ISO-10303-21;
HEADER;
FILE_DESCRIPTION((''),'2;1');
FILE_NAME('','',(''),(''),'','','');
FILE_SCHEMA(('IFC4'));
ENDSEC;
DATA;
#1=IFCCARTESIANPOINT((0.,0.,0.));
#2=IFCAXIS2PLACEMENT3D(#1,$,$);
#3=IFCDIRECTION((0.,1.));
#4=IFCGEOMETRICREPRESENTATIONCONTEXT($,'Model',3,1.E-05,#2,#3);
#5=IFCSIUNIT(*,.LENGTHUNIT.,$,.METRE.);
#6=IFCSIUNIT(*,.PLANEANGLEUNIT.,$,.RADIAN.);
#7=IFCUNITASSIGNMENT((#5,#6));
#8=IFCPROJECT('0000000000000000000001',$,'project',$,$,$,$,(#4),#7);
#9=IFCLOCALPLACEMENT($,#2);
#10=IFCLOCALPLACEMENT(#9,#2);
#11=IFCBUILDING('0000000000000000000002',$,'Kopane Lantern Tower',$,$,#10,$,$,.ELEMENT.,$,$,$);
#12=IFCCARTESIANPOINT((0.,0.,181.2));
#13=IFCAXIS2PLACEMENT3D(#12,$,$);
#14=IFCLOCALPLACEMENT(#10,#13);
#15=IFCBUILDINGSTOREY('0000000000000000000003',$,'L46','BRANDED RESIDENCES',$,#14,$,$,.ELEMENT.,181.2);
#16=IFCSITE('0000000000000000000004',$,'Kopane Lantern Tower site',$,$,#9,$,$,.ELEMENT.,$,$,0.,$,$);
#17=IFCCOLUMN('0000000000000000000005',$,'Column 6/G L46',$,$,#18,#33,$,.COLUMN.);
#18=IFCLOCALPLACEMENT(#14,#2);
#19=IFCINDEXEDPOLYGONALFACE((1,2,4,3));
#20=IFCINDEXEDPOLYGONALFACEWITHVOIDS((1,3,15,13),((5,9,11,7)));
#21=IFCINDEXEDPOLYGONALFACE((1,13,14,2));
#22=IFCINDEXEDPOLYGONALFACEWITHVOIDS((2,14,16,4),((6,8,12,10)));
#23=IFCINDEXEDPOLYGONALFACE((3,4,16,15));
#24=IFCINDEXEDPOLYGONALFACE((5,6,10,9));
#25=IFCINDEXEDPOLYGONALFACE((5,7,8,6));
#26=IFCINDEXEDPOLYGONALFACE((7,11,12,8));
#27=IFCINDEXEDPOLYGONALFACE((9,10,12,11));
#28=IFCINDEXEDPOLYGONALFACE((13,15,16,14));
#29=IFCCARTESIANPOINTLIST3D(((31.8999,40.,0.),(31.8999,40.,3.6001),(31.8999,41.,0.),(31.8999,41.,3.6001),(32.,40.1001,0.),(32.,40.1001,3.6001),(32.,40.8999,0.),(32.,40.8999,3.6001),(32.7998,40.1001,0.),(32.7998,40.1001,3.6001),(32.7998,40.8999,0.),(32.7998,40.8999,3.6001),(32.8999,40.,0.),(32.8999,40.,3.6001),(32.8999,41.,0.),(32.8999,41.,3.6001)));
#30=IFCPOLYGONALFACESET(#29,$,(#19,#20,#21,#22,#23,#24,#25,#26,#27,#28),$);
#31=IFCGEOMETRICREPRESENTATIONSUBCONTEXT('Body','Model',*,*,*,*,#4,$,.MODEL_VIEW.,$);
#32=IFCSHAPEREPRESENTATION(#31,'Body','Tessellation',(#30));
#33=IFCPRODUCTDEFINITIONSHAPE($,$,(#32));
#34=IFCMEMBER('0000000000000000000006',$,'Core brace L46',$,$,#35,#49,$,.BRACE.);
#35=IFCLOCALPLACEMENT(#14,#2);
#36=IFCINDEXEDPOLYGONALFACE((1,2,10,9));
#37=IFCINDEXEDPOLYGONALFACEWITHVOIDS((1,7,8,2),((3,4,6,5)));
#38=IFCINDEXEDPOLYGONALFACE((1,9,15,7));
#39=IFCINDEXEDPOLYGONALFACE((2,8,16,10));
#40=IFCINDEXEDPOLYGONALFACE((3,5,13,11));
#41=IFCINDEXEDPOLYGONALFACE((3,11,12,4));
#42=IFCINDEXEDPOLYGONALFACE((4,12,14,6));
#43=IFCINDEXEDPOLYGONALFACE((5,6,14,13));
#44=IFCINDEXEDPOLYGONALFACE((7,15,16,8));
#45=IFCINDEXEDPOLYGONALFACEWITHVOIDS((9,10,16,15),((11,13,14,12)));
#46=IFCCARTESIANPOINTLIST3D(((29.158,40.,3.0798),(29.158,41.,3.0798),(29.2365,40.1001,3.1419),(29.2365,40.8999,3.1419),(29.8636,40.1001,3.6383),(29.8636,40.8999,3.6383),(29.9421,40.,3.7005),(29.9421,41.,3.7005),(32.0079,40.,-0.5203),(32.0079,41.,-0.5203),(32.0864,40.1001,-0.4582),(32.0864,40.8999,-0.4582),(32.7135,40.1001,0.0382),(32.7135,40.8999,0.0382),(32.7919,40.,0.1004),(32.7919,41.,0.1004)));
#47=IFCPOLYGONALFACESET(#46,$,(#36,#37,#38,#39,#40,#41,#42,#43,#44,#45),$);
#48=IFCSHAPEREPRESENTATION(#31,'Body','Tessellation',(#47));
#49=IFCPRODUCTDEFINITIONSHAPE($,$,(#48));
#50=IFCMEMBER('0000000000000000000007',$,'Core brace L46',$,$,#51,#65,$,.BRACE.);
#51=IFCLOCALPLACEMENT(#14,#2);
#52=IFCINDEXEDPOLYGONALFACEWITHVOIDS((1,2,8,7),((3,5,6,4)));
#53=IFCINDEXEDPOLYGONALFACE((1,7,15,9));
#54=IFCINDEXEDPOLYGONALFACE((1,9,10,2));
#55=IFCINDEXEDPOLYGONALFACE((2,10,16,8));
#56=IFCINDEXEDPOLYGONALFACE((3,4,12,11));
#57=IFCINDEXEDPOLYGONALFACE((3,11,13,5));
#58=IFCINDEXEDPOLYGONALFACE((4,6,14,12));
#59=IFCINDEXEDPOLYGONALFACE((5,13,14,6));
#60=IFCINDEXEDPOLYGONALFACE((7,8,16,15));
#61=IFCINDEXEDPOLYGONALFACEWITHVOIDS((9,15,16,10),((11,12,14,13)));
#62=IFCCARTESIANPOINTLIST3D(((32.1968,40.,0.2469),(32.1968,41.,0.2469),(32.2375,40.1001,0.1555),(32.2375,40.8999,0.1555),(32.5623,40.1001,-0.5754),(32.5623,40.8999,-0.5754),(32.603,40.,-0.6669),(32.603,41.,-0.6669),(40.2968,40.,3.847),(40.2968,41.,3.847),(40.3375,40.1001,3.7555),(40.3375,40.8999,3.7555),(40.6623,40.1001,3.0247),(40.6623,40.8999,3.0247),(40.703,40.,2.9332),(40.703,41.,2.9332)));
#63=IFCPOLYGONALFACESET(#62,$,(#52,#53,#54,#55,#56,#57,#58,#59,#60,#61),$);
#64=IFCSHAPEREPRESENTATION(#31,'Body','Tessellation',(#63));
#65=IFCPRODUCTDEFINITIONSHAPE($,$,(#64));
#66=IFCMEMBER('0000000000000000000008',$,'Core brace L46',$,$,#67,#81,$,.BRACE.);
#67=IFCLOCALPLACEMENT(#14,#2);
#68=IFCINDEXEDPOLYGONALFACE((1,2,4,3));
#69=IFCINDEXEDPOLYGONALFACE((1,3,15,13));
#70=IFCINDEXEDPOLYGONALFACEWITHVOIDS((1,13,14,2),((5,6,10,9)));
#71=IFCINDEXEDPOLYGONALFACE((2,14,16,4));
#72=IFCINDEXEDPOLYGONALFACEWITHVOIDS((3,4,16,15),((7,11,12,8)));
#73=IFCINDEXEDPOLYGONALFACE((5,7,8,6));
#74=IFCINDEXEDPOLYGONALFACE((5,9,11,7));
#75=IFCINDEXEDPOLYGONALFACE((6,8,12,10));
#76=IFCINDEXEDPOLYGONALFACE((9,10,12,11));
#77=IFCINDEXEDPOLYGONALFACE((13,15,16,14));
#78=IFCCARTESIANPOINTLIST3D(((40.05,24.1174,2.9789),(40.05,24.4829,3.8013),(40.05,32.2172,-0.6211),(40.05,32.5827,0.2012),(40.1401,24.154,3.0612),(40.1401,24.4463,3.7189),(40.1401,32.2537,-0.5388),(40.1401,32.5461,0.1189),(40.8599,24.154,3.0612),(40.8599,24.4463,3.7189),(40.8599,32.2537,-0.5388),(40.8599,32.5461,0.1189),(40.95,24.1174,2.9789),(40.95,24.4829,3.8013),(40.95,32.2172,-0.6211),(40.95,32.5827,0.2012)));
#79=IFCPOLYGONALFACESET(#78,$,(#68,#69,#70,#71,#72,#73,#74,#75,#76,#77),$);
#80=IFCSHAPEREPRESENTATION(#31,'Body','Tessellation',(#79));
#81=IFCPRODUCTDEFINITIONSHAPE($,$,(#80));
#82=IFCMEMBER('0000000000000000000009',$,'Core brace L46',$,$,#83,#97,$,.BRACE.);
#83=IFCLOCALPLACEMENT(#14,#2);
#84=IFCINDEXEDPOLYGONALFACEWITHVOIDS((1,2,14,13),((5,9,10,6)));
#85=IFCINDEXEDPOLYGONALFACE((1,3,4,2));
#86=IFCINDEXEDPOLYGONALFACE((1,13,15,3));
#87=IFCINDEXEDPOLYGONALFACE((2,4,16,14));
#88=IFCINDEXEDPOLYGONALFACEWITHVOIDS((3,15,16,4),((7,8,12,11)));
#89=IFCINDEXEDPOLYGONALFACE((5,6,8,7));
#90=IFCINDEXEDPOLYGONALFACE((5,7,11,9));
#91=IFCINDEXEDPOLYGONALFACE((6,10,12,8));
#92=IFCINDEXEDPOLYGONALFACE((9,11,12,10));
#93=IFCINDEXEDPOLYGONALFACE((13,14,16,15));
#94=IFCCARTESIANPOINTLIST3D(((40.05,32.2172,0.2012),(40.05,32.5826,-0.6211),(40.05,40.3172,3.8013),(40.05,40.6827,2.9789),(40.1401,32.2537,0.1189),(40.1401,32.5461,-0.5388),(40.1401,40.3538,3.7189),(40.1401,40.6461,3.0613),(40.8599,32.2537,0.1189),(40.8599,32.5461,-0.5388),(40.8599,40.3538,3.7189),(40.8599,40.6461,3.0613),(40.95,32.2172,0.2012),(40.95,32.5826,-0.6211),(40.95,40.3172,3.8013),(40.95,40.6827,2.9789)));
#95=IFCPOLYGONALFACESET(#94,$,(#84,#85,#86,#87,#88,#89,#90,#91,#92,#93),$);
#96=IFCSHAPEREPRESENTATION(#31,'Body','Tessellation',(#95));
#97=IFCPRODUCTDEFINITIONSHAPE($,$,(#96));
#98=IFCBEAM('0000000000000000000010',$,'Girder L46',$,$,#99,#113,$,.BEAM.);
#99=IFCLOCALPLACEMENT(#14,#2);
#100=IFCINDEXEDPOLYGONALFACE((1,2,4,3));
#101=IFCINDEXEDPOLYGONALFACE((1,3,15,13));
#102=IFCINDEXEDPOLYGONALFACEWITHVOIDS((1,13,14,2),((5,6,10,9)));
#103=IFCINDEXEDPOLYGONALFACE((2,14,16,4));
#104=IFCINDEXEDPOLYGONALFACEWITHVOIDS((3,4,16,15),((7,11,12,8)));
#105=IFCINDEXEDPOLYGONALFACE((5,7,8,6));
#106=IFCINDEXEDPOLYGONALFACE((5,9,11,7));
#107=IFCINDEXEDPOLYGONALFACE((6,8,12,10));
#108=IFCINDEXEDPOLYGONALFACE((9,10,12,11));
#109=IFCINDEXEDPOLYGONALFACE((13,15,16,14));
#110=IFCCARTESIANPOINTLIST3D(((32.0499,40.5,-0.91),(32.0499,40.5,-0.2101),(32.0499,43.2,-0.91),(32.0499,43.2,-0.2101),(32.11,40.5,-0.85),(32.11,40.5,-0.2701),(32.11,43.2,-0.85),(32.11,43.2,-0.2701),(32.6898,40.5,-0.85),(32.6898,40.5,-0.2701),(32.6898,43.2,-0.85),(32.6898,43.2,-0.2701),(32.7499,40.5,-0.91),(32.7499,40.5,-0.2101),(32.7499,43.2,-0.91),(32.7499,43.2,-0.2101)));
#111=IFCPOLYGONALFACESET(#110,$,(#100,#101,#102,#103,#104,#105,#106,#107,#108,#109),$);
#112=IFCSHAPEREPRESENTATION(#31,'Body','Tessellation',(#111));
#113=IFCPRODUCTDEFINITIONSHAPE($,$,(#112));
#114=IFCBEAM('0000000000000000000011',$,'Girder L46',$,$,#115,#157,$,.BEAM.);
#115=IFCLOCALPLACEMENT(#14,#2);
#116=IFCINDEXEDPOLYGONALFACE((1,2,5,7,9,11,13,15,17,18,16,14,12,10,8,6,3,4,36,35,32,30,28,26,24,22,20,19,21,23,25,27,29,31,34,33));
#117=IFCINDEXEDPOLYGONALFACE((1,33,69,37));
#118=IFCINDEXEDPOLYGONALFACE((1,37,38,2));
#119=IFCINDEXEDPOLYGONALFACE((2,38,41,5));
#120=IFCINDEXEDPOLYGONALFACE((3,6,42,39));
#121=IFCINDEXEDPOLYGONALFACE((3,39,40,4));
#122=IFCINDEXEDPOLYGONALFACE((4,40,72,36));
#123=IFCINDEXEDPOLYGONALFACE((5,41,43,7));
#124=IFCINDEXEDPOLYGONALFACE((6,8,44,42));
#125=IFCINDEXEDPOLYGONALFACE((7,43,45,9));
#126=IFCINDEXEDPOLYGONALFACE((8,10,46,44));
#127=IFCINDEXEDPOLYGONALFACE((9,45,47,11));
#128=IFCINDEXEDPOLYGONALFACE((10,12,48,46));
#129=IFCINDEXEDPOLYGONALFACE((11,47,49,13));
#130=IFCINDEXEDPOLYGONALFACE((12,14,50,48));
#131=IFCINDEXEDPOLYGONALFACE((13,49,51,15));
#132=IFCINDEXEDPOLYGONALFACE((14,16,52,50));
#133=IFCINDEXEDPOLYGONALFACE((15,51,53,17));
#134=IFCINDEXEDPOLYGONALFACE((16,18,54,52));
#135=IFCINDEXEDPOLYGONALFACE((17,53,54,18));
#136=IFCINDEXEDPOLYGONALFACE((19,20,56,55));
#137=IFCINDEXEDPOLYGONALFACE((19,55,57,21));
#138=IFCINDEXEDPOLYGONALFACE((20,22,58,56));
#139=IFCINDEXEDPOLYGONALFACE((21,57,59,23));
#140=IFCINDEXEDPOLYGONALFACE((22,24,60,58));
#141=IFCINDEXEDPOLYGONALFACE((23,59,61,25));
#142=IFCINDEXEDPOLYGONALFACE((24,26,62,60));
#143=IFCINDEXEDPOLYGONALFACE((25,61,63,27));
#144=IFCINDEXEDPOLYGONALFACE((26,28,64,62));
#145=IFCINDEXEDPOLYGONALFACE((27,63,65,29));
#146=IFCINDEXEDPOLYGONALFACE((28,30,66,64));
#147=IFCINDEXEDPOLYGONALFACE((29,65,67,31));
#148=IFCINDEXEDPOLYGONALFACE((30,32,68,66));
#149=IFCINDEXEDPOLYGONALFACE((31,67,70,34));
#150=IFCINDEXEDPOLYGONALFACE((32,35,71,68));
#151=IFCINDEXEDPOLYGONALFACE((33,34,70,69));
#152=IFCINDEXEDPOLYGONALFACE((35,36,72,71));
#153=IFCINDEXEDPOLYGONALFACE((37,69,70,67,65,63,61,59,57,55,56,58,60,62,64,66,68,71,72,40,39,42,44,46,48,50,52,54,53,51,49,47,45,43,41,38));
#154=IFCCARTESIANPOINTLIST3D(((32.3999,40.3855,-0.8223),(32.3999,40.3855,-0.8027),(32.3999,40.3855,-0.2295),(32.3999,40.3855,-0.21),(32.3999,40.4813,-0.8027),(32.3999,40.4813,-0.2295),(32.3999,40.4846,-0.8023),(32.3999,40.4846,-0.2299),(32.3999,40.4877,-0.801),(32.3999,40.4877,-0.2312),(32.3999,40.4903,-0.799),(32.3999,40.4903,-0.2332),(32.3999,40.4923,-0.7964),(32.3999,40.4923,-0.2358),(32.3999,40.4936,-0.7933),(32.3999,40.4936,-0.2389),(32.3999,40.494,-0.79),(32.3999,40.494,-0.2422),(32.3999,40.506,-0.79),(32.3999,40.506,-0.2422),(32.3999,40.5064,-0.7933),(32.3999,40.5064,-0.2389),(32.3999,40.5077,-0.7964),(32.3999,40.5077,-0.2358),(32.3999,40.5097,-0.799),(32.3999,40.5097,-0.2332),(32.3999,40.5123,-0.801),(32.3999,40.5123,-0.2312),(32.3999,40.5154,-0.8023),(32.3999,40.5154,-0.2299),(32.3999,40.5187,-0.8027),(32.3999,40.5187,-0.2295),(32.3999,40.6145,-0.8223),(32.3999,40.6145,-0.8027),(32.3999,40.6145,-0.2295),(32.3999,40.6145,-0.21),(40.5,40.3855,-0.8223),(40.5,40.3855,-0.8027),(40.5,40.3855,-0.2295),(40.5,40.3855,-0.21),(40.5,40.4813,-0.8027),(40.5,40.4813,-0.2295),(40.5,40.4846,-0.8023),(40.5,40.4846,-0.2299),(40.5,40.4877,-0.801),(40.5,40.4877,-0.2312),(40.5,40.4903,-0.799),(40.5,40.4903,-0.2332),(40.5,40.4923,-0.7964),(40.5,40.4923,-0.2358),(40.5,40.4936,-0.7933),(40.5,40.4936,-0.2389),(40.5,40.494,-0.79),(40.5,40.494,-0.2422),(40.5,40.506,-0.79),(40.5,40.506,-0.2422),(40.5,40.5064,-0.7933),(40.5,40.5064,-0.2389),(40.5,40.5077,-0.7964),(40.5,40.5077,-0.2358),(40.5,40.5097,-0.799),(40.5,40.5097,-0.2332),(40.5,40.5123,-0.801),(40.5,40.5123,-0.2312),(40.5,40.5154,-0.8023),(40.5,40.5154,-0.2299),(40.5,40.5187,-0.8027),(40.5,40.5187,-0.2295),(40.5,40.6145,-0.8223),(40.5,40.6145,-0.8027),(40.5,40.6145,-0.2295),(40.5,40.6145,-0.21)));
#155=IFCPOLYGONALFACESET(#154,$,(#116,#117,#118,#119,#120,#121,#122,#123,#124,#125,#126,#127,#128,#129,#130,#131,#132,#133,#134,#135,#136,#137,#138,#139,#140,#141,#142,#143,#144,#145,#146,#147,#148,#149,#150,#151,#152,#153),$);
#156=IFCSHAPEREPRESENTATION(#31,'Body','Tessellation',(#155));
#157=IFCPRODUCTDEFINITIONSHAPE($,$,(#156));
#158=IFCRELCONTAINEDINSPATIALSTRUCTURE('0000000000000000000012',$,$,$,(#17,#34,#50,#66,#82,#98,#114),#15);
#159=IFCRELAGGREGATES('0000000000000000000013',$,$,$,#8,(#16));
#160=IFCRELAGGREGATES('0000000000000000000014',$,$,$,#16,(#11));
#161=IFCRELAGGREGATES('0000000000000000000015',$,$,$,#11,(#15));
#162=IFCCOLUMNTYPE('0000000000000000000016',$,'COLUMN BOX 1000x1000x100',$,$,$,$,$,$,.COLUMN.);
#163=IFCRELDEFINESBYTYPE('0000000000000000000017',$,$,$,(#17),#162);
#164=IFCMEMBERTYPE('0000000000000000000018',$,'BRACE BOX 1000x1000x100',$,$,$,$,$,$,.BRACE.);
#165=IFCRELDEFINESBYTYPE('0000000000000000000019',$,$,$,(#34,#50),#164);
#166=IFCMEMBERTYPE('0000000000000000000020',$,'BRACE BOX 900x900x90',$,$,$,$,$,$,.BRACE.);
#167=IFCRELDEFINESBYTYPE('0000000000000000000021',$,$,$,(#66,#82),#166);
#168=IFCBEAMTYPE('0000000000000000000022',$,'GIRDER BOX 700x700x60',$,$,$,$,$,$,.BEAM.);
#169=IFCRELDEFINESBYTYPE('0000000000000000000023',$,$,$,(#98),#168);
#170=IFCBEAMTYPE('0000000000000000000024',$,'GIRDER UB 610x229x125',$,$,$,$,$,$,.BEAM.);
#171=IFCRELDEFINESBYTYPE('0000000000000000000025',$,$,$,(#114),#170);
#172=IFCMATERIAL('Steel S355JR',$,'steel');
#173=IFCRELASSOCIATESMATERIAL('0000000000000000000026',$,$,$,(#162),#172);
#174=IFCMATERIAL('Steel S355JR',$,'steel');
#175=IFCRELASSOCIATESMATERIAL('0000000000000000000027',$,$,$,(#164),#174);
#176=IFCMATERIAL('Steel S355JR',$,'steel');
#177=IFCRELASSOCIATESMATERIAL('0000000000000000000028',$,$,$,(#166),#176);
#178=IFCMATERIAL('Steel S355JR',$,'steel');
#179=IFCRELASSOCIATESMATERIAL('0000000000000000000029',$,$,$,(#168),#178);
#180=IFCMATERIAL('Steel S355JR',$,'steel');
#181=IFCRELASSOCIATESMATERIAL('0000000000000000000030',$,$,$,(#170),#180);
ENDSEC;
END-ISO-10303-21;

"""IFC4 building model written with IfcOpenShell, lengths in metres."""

from ifc_helpers import new_model, si_unit, direction, frame, origin, origin_2d, place, context, subcontext, project, spatial, hollow_rectangle, i_section, extrude, material, material_profile, profile_set, type_object, element, save


model = new_model("IFC4")

# Units and contexts
model_context = context("Model", 3, precision=1e-05, world=origin(), true_north=direction((0.0, 1.0)))
body_context = subcontext(model_context, "Body", "Model", "MODEL_VIEW")
ifc_project = project(units=[si_unit("LENGTHUNIT", "METRE"), si_unit("PLANEANGLEUNIT", "RADIAN")], contexts=[model_context])

# Site, building, storey
site_placement = place(None, origin())
site = spatial("IfcSite", under=ifc_project, at=site_placement, Name="Kopane Lantern Tower site", CompositionType="ELEMENT", RefElevation=0.0)
building_placement = place(site_placement, origin())
building = spatial("IfcBuilding", under=site, at=building_placement, Name="Kopane Lantern Tower", CompositionType="ELEMENT")
storey_placement = place(building_placement, frame((0.0, 0.0, 181.2)))
storey = spatial("IfcBuildingStorey", under=building, at=storey_placement, Name="L46", Description="BRANDED RESIDENCES", CompositionType="ELEMENT", Elevation=181.2)

# Column
ifc_material_1 = material(Name="Steel S355JR", Category="steel")
ifc_material_profile_1 = material_profile(ifc_material_1, hollow_rectangle(XDim=1.0, YDim=1.0, WallThickness=0.1001, at=origin_2d()), Name="BOX 1000x1000x100")
ifc_profile_set_1 = profile_set([ifc_material_profile_1], Name="Steel S355JR")
column_type = type_object("IfcColumnType", Name="COLUMN BOX 1000x1000x100", PredefinedType="COLUMN", material=ifc_profile_set_1)
column_placement = place(storey_placement, frame((32.3999, 40.5, 0.0), z_axis=(0.0, 0.0, 1.0), x_axis=(1.0, 0.0, 0.0)))
element("IfcColumn", 1, at=column_placement, inside=storey, type_object=column_type, Name="Column 6/G L46", PredefinedType="COLUMN", context=body_context, shape_type="SweptSolid", body=[
    extrude(hollow_rectangle(XDim=1.0, YDim=1.0, WallThickness=0.1001, at=origin_2d()), origin(), (0.0, 0.0, 1.0), 3.6001),
])

# Members
ifc_material_2 = material(Name="Steel S355JR", Category="steel")
ifc_material_profile_2 = material_profile(ifc_material_2, hollow_rectangle(XDim=1.0, YDim=1.0, WallThickness=0.1001, at=origin_2d()), Name="BOX 1000x1000x100")
ifc_profile_set_2 = profile_set([ifc_material_profile_2], Name="Steel S355JR")
member_type_1 = type_object("IfcMemberType", Name="BRACE BOX 1000x1000x100", PredefinedType="BRACE", material=ifc_profile_set_2)
member_1_placement = place(storey_placement, frame((32.3999, 40.5, -0.21), z_axis=(-0.620673, 0.0, 0.78407), x_axis=(0.0, -1.0, 0.0)))
element("IfcMember", 2, at=member_1_placement, inside=storey, type_object=member_type_1, Name="Core brace L46", PredefinedType="BRACE", context=body_context, shape_type="SweptSolid", body=[
    extrude(hollow_rectangle(XDim=1.0, YDim=1.0, WallThickness=0.1001, at=origin_2d()), origin(), (0.0, 0.0, 1.0), 4.5916),
])
member_2_placement = place(storey_placement, frame((32.3999, 40.5, -0.21), z_axis=(0.913809, 0.0, 0.406144), x_axis=(0.0, 1.0, 0.0)))
element("IfcMember", 3, at=member_2_placement, inside=storey, type_object=member_type_1, Name="Core brace L46", PredefinedType="BRACE", context=body_context, shape_type="SweptSolid", body=[
    extrude(hollow_rectangle(XDim=1.0, YDim=1.0, WallThickness=0.1001, at=origin_2d()), origin(), (0.0, 0.0, 1.0), 8.864),
])
ifc_material_3 = material(Name="Steel S355JR", Category="steel")
ifc_material_profile_3 = material_profile(ifc_material_3, hollow_rectangle(XDim=0.8999, YDim=0.8999, WallThickness=0.0901, at=origin_2d()), Name="BOX 900x900x90")
ifc_profile_set_3 = profile_set([ifc_material_profile_3], Name="Steel S355JR")
member_type_2 = type_object("IfcMemberType", Name="BRACE BOX 900x900x90", PredefinedType="BRACE", material=ifc_profile_set_3)
member_3_placement = place(storey_placement, frame((40.5, 32.3999, -0.21), z_axis=(0.0, -0.913805, 0.406154), x_axis=(1.0, 0.0, 0.0)))
element("IfcMember", 4, at=member_3_placement, inside=storey, type_object=member_type_2, Name="Core brace L46", PredefinedType="BRACE", context=body_context, shape_type="SweptSolid", body=[
    extrude(hollow_rectangle(XDim=0.8999, YDim=0.8999, WallThickness=0.0901, at=origin_2d()), origin(), (0.0, 0.0, 1.0), 8.8638),
])
member_4_placement = place(storey_placement, frame((40.5, 32.3999, -0.21), z_axis=(0.0, 0.913809, 0.406144), x_axis=(-1.0, 0.0, 0.0)))
element("IfcMember", 5, at=member_4_placement, inside=storey, type_object=member_type_2, Name="Core brace L46", PredefinedType="BRACE", context=body_context, shape_type="SweptSolid", body=[
    extrude(hollow_rectangle(XDim=0.8999, YDim=0.8999, WallThickness=0.0901, at=origin_2d()), origin(), (0.0, 0.0, 1.0), 8.864),
])

# Beams
ifc_material_4 = material(Name="Steel S355JR", Category="steel")
ifc_material_profile_4 = material_profile(ifc_material_4, hollow_rectangle(XDim=0.7, YDim=0.7, WallThickness=0.0601, at=origin_2d()), Name="BOX 700x700x60")
ifc_profile_set_4 = profile_set([ifc_material_profile_4], Name="Steel S355JR")
beam_type_1 = type_object("IfcBeamType", Name="GIRDER BOX 700x700x60", PredefinedType="BEAM", material=ifc_profile_set_4)
beam_placement = place(storey_placement, frame((32.3999, 40.5, -0.5601), z_axis=(0.0, 1.0, 0.0), x_axis=(-1.0, 0.0, 0.0)))
element("IfcBeam", 6, at=beam_placement, inside=storey, type_object=beam_type_1, Name="Girder L46", PredefinedType="BEAM", context=body_context, shape_type="SweptSolid", body=[
    extrude(hollow_rectangle(XDim=0.7, YDim=0.7, WallThickness=0.0601, at=origin_2d()), origin(), (0.0, 0.0, 1.0), 2.7),
])
ifc_material_5 = material(Name="Steel S355JR", Category="steel")
ifc_material_profile_5 = material_profile(ifc_material_5, i_section(OverallWidth=0.229, OverallDepth=0.6123, WebThickness=0.012, FlangeThickness=0.0195, FilletRadius=0.0127, at=origin_2d()), Name="UB 610x229x125")
ifc_profile_set_5 = profile_set([ifc_material_profile_5], Name="Steel S355JR")
beam_type_2 = type_object("IfcBeamType", Name="GIRDER UB 610x229x125", PredefinedType="BEAM", material=ifc_profile_set_5)
for number, where, z_axis, x_axis, name in (
    (7, (32.3999, 40.5, -0.5161), (1.0, 0.0, 0.0), (0.0, 1.0, 0.0), "Girder L46"),
):
    element("IfcBeam", number, at=place(storey_placement, frame(where, z_axis=z_axis, x_axis=x_axis)), inside=storey, type_object=beam_type_2, Name=name, PredefinedType="BEAM", context=body_context, shape_type="SweptSolid", body=[
        extrude(i_section(OverallWidth=0.229, OverallDepth=0.6123, WebThickness=0.012, FlangeThickness=0.0195, FilletRadius=0.0127, at=origin_2d()), origin(), (0.0, 0.0, 1.0), 8.1001),
    ])

save(model, "model.ifc")
